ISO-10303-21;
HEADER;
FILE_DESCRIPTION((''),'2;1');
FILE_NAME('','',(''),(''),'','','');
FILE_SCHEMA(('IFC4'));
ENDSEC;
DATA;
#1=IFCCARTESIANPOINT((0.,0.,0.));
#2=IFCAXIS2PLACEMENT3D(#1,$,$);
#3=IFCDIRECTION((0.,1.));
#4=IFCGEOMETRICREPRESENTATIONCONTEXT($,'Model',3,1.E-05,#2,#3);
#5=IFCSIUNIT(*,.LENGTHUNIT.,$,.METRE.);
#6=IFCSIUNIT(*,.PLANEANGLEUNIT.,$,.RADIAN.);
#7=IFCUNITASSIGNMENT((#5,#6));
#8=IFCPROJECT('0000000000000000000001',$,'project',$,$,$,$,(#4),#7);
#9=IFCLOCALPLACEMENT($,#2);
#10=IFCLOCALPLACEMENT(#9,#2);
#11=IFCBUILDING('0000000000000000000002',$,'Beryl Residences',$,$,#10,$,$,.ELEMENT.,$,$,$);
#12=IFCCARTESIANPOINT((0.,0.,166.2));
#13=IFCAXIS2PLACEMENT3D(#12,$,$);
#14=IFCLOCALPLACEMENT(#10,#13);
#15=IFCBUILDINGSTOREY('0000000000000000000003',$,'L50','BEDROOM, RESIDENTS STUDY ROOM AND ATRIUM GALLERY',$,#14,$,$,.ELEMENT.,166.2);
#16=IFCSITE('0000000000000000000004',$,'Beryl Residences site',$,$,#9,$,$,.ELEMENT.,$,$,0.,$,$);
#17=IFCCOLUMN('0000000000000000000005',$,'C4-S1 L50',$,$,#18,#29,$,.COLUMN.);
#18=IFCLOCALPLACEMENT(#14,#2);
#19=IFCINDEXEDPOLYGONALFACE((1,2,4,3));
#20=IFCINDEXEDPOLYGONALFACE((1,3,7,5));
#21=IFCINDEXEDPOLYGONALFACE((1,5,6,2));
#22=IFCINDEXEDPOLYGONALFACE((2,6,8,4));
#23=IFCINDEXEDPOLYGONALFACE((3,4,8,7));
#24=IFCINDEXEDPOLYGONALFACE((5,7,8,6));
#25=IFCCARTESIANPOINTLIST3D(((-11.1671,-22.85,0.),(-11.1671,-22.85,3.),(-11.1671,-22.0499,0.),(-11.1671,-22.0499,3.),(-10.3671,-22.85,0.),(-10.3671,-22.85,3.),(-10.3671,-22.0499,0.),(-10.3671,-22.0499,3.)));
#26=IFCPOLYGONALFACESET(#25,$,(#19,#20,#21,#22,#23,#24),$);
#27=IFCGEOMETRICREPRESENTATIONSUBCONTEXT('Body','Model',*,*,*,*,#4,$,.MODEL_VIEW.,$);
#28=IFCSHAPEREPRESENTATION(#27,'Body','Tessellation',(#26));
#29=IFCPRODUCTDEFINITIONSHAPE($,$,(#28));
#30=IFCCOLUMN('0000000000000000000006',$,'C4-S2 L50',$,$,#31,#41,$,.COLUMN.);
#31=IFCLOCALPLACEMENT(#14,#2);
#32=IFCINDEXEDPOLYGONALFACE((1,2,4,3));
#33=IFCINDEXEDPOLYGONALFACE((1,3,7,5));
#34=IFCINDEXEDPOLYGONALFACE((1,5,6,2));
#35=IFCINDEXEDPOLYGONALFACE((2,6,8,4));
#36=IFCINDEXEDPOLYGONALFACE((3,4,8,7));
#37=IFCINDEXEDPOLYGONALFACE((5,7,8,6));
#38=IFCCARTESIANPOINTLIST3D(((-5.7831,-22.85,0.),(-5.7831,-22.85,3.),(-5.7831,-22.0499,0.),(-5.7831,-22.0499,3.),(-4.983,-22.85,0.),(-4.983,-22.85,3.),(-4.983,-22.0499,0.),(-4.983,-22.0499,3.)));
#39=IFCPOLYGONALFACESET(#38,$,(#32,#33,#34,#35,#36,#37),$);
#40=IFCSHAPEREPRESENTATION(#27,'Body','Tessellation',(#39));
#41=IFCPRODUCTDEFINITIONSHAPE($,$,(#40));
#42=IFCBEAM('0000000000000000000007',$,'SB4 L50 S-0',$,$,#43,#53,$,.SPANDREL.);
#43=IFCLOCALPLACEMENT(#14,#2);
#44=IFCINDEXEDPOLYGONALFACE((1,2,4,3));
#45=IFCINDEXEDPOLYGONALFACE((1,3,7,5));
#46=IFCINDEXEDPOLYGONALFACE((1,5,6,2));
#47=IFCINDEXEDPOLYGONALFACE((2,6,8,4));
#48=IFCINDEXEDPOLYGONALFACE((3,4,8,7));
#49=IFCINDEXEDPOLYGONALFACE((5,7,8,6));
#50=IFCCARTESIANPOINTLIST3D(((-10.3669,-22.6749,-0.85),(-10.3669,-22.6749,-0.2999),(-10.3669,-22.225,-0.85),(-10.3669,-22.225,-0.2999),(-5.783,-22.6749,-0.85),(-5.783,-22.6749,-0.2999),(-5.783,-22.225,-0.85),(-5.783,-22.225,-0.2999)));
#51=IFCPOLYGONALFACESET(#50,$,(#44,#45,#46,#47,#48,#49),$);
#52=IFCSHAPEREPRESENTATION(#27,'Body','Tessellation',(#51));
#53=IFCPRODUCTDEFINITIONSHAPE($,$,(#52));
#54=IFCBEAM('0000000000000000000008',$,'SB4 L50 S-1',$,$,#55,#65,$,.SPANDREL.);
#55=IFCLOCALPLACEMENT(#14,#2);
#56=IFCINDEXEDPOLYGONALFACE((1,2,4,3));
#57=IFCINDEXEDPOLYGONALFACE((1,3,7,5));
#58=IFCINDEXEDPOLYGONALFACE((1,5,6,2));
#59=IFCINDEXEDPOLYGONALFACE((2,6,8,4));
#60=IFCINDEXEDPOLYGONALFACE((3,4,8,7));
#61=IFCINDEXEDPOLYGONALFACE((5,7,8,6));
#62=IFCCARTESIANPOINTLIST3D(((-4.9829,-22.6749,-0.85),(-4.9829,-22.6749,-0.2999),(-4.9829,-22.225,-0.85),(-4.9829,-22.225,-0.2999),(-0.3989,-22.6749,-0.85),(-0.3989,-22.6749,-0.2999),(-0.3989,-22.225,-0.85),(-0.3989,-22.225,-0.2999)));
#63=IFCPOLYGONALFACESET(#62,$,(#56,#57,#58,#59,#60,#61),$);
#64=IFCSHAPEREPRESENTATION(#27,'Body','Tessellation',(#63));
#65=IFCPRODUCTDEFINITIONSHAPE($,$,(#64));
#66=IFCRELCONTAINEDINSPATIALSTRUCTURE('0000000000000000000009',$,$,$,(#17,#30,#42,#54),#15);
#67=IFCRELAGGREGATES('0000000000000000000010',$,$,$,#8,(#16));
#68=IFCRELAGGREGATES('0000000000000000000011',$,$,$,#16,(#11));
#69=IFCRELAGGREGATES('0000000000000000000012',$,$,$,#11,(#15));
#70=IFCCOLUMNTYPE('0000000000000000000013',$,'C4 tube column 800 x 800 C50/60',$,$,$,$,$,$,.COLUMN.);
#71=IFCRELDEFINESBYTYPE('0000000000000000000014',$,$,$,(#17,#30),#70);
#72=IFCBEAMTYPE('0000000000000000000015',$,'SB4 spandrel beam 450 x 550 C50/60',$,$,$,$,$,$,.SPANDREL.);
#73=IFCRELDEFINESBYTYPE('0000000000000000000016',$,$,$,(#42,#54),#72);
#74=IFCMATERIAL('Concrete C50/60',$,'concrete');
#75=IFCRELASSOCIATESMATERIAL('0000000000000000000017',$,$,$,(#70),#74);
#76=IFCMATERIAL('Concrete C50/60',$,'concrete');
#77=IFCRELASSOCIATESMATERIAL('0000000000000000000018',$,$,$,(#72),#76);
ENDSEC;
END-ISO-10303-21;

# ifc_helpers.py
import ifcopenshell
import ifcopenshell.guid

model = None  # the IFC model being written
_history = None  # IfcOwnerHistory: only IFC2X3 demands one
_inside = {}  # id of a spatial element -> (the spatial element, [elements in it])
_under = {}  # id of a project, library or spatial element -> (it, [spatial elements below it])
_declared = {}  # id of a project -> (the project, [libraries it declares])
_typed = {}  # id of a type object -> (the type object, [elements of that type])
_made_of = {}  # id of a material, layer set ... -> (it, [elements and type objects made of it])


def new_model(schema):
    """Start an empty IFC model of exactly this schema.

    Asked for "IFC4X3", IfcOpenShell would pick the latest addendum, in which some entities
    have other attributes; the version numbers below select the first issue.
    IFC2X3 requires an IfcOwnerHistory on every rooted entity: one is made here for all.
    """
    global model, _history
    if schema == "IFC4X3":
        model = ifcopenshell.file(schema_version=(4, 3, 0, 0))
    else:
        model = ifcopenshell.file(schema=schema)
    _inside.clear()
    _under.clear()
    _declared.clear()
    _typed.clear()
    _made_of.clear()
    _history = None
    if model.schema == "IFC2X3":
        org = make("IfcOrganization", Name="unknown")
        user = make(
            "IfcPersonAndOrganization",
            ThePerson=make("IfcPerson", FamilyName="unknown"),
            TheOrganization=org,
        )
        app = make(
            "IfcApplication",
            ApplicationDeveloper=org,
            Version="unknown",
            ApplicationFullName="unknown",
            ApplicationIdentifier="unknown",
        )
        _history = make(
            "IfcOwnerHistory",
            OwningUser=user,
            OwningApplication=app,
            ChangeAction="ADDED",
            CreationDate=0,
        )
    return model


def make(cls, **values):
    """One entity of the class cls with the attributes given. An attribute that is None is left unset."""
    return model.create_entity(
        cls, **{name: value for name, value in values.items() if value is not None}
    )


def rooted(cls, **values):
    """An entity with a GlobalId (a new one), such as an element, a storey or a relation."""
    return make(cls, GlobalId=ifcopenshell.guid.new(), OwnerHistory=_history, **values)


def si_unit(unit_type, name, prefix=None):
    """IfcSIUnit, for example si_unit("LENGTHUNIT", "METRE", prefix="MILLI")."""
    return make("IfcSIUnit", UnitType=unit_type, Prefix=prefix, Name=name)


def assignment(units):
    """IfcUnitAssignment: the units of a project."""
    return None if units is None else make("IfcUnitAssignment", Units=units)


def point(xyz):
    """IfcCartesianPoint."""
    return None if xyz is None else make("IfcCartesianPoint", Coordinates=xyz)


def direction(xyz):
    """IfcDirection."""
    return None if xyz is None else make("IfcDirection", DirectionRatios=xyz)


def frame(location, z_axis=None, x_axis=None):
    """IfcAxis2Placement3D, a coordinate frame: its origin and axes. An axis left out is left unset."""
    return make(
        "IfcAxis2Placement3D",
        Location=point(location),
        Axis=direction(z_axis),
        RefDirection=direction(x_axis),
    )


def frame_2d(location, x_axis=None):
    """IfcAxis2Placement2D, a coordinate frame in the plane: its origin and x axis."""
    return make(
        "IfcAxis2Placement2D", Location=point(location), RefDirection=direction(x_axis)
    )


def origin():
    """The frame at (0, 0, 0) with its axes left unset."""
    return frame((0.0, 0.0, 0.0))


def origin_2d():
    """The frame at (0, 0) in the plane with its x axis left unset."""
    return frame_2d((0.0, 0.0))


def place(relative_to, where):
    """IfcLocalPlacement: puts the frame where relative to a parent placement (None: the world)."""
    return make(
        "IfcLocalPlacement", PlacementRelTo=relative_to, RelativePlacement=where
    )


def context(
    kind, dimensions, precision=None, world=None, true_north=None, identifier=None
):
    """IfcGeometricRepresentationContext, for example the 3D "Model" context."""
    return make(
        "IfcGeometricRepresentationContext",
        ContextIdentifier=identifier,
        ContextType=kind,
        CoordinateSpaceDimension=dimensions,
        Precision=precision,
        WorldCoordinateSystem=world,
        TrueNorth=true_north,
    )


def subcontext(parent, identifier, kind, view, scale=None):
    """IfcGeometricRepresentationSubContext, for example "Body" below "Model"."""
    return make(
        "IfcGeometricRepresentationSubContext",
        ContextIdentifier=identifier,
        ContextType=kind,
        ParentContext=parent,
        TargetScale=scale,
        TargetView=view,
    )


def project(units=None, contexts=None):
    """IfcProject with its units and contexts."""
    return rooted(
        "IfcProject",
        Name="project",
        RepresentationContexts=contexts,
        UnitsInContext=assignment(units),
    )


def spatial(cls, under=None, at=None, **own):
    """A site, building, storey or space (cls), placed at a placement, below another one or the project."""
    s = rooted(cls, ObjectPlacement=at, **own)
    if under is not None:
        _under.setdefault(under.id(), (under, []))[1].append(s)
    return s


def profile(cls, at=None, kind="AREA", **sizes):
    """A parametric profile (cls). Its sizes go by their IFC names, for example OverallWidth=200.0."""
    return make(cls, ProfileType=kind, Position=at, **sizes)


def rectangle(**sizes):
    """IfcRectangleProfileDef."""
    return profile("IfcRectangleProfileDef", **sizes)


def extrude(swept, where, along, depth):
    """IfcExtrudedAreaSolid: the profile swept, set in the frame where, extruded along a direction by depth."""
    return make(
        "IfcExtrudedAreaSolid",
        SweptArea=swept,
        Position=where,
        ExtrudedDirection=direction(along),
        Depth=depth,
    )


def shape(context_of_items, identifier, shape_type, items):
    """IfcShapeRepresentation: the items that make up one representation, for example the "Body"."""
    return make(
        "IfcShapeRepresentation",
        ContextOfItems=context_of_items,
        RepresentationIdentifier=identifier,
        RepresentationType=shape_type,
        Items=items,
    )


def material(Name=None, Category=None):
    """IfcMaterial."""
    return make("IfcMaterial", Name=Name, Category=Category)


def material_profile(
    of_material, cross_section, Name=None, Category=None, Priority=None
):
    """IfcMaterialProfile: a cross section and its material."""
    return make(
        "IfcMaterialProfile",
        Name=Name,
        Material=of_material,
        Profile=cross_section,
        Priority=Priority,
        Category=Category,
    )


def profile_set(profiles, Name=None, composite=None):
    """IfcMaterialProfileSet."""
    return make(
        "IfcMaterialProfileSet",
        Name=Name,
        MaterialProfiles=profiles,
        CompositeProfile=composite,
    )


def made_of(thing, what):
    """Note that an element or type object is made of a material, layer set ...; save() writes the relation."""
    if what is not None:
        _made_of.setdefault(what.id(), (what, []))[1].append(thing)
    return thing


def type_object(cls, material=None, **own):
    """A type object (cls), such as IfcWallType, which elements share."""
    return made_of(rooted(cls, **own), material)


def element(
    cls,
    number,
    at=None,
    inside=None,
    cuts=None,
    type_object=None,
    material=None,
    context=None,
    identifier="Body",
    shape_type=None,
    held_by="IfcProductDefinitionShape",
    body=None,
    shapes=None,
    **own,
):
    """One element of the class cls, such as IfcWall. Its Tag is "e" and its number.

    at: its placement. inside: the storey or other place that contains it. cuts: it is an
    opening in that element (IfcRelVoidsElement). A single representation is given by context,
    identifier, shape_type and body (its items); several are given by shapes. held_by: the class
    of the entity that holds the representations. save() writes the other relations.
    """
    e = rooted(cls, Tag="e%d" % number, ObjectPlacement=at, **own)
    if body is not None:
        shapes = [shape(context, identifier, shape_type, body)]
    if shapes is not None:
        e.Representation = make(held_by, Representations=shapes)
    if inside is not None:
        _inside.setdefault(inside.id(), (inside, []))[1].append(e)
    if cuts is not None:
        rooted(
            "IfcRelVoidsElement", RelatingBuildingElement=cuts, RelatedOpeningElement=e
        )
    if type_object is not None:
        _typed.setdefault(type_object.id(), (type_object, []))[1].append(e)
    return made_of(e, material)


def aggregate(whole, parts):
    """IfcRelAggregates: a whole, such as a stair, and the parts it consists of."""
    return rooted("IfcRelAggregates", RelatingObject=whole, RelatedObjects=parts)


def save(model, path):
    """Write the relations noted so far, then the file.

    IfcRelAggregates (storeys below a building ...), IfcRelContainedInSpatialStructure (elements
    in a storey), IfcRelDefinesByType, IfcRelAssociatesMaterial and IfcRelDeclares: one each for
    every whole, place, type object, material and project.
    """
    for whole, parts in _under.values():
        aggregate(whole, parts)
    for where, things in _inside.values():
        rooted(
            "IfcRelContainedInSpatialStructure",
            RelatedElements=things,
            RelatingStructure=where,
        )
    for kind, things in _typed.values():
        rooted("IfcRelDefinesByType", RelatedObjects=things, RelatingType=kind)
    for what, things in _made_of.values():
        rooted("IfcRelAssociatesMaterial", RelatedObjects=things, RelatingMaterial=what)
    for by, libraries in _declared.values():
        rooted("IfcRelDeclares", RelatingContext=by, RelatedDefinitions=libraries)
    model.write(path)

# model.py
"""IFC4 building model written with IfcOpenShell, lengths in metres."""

from ifc_helpers import new_model, si_unit, direction, frame, origin, origin_2d, place, context, subcontext, project, spatial, rectangle, extrude, material, material_profile, profile_set, type_object, element, save


model = new_model("IFC4")

# Units and contexts
model_context = context("Model", 3, precision=1e-05, world=origin(), true_north=direction((0.0, 1.0)))
body_context = subcontext(model_context, "Body", "Model", "MODEL_VIEW")
ifc_project = project(units=[si_unit("LENGTHUNIT", "METRE"), si_unit("PLANEANGLEUNIT", "RADIAN")], contexts=[model_context])

# Site, building, storey
site_placement = place(None, origin())
site = spatial("IfcSite", under=ifc_project, at=site_placement, Name="Beryl Residences site", CompositionType="ELEMENT", RefElevation=0.0)
building_placement = place(site_placement, origin())
building = spatial("IfcBuilding", under=site, at=building_placement, Name="Beryl Residences", CompositionType="ELEMENT")
storey_placement = place(building_placement, frame((0.0, 0.0, 166.2)))
storey = spatial("IfcBuildingStorey", under=building, at=storey_placement, Name="L50", Description="BEDROOM, RESIDENTS STUDY ROOM AND ATRIUM GALLERY", CompositionType="ELEMENT", Elevation=166.2)

# Columns
ifc_material_1 = material(Name="Concrete C50/60", Category="concrete")
ifc_material_profile_1 = material_profile(ifc_material_1, rectangle(XDim=0.8, YDim=0.8, at=origin_2d()))
ifc_profile_set_1 = profile_set([ifc_material_profile_1], Name="Concrete C50/60")
column_type = type_object("IfcColumnType", Name="C4 tube column 800 x 800 C50/60", PredefinedType="COLUMN", material=ifc_profile_set_1)
for number, where, z_axis, x_axis, name in (
    (1, (-10.7671, -22.45, 0.0), (0.0, 0.0, 1.0), (1.0, 0.0, 0.0), "C4-S1 L50"),
    (2, (-5.3831, -22.45, 0.0), (0.0, 0.0, 1.0), (1.0, 0.0, 0.0), "C4-S2 L50"),
):
    element("IfcColumn", number, at=place(storey_placement, frame(where, z_axis=z_axis, x_axis=x_axis)), inside=storey, type_object=column_type, Name=name, PredefinedType="COLUMN", context=body_context, shape_type="SweptSolid", body=[
        extrude(rectangle(XDim=0.8, YDim=0.8, at=origin_2d()), origin(), (0.0, 0.0, 1.0), 3.0),
    ])

# Beams
ifc_material_2 = material(Name="Concrete C50/60", Category="concrete")
ifc_material_profile_2 = material_profile(ifc_material_2, rectangle(XDim=0.45, YDim=0.55, at=origin_2d()))
ifc_profile_set_2 = profile_set([ifc_material_profile_2], Name="Concrete C50/60")
beam_type = type_object("IfcBeamType", Name="SB4 spandrel beam 450 x 550 C50/60", PredefinedType="SPANDREL", material=ifc_profile_set_2)
for number, where, z_axis, x_axis, name in (
    (3, (-10.3669, -22.45, -0.575), (1.0, 0.0, 0.0), (0.0, 1.0, 0.0), "SB4 L50 S-0"),
    (4, (-4.9829, -22.45, -0.575), (1.0, 0.0, 0.0), (0.0, 1.0, 0.0), "SB4 L50 S-1"),
):
    element("IfcBeam", number, at=place(storey_placement, frame(where, z_axis=z_axis, x_axis=x_axis)), inside=storey, type_object=beam_type, Name=name, PredefinedType="SPANDREL", context=body_context, shape_type="SweptSolid", body=[
        extrude(rectangle(XDim=0.45, YDim=0.55, at=origin_2d()), origin(), (0.0, 0.0, 1.0), 4.584),
    ])

save(model, "model.ifc")
